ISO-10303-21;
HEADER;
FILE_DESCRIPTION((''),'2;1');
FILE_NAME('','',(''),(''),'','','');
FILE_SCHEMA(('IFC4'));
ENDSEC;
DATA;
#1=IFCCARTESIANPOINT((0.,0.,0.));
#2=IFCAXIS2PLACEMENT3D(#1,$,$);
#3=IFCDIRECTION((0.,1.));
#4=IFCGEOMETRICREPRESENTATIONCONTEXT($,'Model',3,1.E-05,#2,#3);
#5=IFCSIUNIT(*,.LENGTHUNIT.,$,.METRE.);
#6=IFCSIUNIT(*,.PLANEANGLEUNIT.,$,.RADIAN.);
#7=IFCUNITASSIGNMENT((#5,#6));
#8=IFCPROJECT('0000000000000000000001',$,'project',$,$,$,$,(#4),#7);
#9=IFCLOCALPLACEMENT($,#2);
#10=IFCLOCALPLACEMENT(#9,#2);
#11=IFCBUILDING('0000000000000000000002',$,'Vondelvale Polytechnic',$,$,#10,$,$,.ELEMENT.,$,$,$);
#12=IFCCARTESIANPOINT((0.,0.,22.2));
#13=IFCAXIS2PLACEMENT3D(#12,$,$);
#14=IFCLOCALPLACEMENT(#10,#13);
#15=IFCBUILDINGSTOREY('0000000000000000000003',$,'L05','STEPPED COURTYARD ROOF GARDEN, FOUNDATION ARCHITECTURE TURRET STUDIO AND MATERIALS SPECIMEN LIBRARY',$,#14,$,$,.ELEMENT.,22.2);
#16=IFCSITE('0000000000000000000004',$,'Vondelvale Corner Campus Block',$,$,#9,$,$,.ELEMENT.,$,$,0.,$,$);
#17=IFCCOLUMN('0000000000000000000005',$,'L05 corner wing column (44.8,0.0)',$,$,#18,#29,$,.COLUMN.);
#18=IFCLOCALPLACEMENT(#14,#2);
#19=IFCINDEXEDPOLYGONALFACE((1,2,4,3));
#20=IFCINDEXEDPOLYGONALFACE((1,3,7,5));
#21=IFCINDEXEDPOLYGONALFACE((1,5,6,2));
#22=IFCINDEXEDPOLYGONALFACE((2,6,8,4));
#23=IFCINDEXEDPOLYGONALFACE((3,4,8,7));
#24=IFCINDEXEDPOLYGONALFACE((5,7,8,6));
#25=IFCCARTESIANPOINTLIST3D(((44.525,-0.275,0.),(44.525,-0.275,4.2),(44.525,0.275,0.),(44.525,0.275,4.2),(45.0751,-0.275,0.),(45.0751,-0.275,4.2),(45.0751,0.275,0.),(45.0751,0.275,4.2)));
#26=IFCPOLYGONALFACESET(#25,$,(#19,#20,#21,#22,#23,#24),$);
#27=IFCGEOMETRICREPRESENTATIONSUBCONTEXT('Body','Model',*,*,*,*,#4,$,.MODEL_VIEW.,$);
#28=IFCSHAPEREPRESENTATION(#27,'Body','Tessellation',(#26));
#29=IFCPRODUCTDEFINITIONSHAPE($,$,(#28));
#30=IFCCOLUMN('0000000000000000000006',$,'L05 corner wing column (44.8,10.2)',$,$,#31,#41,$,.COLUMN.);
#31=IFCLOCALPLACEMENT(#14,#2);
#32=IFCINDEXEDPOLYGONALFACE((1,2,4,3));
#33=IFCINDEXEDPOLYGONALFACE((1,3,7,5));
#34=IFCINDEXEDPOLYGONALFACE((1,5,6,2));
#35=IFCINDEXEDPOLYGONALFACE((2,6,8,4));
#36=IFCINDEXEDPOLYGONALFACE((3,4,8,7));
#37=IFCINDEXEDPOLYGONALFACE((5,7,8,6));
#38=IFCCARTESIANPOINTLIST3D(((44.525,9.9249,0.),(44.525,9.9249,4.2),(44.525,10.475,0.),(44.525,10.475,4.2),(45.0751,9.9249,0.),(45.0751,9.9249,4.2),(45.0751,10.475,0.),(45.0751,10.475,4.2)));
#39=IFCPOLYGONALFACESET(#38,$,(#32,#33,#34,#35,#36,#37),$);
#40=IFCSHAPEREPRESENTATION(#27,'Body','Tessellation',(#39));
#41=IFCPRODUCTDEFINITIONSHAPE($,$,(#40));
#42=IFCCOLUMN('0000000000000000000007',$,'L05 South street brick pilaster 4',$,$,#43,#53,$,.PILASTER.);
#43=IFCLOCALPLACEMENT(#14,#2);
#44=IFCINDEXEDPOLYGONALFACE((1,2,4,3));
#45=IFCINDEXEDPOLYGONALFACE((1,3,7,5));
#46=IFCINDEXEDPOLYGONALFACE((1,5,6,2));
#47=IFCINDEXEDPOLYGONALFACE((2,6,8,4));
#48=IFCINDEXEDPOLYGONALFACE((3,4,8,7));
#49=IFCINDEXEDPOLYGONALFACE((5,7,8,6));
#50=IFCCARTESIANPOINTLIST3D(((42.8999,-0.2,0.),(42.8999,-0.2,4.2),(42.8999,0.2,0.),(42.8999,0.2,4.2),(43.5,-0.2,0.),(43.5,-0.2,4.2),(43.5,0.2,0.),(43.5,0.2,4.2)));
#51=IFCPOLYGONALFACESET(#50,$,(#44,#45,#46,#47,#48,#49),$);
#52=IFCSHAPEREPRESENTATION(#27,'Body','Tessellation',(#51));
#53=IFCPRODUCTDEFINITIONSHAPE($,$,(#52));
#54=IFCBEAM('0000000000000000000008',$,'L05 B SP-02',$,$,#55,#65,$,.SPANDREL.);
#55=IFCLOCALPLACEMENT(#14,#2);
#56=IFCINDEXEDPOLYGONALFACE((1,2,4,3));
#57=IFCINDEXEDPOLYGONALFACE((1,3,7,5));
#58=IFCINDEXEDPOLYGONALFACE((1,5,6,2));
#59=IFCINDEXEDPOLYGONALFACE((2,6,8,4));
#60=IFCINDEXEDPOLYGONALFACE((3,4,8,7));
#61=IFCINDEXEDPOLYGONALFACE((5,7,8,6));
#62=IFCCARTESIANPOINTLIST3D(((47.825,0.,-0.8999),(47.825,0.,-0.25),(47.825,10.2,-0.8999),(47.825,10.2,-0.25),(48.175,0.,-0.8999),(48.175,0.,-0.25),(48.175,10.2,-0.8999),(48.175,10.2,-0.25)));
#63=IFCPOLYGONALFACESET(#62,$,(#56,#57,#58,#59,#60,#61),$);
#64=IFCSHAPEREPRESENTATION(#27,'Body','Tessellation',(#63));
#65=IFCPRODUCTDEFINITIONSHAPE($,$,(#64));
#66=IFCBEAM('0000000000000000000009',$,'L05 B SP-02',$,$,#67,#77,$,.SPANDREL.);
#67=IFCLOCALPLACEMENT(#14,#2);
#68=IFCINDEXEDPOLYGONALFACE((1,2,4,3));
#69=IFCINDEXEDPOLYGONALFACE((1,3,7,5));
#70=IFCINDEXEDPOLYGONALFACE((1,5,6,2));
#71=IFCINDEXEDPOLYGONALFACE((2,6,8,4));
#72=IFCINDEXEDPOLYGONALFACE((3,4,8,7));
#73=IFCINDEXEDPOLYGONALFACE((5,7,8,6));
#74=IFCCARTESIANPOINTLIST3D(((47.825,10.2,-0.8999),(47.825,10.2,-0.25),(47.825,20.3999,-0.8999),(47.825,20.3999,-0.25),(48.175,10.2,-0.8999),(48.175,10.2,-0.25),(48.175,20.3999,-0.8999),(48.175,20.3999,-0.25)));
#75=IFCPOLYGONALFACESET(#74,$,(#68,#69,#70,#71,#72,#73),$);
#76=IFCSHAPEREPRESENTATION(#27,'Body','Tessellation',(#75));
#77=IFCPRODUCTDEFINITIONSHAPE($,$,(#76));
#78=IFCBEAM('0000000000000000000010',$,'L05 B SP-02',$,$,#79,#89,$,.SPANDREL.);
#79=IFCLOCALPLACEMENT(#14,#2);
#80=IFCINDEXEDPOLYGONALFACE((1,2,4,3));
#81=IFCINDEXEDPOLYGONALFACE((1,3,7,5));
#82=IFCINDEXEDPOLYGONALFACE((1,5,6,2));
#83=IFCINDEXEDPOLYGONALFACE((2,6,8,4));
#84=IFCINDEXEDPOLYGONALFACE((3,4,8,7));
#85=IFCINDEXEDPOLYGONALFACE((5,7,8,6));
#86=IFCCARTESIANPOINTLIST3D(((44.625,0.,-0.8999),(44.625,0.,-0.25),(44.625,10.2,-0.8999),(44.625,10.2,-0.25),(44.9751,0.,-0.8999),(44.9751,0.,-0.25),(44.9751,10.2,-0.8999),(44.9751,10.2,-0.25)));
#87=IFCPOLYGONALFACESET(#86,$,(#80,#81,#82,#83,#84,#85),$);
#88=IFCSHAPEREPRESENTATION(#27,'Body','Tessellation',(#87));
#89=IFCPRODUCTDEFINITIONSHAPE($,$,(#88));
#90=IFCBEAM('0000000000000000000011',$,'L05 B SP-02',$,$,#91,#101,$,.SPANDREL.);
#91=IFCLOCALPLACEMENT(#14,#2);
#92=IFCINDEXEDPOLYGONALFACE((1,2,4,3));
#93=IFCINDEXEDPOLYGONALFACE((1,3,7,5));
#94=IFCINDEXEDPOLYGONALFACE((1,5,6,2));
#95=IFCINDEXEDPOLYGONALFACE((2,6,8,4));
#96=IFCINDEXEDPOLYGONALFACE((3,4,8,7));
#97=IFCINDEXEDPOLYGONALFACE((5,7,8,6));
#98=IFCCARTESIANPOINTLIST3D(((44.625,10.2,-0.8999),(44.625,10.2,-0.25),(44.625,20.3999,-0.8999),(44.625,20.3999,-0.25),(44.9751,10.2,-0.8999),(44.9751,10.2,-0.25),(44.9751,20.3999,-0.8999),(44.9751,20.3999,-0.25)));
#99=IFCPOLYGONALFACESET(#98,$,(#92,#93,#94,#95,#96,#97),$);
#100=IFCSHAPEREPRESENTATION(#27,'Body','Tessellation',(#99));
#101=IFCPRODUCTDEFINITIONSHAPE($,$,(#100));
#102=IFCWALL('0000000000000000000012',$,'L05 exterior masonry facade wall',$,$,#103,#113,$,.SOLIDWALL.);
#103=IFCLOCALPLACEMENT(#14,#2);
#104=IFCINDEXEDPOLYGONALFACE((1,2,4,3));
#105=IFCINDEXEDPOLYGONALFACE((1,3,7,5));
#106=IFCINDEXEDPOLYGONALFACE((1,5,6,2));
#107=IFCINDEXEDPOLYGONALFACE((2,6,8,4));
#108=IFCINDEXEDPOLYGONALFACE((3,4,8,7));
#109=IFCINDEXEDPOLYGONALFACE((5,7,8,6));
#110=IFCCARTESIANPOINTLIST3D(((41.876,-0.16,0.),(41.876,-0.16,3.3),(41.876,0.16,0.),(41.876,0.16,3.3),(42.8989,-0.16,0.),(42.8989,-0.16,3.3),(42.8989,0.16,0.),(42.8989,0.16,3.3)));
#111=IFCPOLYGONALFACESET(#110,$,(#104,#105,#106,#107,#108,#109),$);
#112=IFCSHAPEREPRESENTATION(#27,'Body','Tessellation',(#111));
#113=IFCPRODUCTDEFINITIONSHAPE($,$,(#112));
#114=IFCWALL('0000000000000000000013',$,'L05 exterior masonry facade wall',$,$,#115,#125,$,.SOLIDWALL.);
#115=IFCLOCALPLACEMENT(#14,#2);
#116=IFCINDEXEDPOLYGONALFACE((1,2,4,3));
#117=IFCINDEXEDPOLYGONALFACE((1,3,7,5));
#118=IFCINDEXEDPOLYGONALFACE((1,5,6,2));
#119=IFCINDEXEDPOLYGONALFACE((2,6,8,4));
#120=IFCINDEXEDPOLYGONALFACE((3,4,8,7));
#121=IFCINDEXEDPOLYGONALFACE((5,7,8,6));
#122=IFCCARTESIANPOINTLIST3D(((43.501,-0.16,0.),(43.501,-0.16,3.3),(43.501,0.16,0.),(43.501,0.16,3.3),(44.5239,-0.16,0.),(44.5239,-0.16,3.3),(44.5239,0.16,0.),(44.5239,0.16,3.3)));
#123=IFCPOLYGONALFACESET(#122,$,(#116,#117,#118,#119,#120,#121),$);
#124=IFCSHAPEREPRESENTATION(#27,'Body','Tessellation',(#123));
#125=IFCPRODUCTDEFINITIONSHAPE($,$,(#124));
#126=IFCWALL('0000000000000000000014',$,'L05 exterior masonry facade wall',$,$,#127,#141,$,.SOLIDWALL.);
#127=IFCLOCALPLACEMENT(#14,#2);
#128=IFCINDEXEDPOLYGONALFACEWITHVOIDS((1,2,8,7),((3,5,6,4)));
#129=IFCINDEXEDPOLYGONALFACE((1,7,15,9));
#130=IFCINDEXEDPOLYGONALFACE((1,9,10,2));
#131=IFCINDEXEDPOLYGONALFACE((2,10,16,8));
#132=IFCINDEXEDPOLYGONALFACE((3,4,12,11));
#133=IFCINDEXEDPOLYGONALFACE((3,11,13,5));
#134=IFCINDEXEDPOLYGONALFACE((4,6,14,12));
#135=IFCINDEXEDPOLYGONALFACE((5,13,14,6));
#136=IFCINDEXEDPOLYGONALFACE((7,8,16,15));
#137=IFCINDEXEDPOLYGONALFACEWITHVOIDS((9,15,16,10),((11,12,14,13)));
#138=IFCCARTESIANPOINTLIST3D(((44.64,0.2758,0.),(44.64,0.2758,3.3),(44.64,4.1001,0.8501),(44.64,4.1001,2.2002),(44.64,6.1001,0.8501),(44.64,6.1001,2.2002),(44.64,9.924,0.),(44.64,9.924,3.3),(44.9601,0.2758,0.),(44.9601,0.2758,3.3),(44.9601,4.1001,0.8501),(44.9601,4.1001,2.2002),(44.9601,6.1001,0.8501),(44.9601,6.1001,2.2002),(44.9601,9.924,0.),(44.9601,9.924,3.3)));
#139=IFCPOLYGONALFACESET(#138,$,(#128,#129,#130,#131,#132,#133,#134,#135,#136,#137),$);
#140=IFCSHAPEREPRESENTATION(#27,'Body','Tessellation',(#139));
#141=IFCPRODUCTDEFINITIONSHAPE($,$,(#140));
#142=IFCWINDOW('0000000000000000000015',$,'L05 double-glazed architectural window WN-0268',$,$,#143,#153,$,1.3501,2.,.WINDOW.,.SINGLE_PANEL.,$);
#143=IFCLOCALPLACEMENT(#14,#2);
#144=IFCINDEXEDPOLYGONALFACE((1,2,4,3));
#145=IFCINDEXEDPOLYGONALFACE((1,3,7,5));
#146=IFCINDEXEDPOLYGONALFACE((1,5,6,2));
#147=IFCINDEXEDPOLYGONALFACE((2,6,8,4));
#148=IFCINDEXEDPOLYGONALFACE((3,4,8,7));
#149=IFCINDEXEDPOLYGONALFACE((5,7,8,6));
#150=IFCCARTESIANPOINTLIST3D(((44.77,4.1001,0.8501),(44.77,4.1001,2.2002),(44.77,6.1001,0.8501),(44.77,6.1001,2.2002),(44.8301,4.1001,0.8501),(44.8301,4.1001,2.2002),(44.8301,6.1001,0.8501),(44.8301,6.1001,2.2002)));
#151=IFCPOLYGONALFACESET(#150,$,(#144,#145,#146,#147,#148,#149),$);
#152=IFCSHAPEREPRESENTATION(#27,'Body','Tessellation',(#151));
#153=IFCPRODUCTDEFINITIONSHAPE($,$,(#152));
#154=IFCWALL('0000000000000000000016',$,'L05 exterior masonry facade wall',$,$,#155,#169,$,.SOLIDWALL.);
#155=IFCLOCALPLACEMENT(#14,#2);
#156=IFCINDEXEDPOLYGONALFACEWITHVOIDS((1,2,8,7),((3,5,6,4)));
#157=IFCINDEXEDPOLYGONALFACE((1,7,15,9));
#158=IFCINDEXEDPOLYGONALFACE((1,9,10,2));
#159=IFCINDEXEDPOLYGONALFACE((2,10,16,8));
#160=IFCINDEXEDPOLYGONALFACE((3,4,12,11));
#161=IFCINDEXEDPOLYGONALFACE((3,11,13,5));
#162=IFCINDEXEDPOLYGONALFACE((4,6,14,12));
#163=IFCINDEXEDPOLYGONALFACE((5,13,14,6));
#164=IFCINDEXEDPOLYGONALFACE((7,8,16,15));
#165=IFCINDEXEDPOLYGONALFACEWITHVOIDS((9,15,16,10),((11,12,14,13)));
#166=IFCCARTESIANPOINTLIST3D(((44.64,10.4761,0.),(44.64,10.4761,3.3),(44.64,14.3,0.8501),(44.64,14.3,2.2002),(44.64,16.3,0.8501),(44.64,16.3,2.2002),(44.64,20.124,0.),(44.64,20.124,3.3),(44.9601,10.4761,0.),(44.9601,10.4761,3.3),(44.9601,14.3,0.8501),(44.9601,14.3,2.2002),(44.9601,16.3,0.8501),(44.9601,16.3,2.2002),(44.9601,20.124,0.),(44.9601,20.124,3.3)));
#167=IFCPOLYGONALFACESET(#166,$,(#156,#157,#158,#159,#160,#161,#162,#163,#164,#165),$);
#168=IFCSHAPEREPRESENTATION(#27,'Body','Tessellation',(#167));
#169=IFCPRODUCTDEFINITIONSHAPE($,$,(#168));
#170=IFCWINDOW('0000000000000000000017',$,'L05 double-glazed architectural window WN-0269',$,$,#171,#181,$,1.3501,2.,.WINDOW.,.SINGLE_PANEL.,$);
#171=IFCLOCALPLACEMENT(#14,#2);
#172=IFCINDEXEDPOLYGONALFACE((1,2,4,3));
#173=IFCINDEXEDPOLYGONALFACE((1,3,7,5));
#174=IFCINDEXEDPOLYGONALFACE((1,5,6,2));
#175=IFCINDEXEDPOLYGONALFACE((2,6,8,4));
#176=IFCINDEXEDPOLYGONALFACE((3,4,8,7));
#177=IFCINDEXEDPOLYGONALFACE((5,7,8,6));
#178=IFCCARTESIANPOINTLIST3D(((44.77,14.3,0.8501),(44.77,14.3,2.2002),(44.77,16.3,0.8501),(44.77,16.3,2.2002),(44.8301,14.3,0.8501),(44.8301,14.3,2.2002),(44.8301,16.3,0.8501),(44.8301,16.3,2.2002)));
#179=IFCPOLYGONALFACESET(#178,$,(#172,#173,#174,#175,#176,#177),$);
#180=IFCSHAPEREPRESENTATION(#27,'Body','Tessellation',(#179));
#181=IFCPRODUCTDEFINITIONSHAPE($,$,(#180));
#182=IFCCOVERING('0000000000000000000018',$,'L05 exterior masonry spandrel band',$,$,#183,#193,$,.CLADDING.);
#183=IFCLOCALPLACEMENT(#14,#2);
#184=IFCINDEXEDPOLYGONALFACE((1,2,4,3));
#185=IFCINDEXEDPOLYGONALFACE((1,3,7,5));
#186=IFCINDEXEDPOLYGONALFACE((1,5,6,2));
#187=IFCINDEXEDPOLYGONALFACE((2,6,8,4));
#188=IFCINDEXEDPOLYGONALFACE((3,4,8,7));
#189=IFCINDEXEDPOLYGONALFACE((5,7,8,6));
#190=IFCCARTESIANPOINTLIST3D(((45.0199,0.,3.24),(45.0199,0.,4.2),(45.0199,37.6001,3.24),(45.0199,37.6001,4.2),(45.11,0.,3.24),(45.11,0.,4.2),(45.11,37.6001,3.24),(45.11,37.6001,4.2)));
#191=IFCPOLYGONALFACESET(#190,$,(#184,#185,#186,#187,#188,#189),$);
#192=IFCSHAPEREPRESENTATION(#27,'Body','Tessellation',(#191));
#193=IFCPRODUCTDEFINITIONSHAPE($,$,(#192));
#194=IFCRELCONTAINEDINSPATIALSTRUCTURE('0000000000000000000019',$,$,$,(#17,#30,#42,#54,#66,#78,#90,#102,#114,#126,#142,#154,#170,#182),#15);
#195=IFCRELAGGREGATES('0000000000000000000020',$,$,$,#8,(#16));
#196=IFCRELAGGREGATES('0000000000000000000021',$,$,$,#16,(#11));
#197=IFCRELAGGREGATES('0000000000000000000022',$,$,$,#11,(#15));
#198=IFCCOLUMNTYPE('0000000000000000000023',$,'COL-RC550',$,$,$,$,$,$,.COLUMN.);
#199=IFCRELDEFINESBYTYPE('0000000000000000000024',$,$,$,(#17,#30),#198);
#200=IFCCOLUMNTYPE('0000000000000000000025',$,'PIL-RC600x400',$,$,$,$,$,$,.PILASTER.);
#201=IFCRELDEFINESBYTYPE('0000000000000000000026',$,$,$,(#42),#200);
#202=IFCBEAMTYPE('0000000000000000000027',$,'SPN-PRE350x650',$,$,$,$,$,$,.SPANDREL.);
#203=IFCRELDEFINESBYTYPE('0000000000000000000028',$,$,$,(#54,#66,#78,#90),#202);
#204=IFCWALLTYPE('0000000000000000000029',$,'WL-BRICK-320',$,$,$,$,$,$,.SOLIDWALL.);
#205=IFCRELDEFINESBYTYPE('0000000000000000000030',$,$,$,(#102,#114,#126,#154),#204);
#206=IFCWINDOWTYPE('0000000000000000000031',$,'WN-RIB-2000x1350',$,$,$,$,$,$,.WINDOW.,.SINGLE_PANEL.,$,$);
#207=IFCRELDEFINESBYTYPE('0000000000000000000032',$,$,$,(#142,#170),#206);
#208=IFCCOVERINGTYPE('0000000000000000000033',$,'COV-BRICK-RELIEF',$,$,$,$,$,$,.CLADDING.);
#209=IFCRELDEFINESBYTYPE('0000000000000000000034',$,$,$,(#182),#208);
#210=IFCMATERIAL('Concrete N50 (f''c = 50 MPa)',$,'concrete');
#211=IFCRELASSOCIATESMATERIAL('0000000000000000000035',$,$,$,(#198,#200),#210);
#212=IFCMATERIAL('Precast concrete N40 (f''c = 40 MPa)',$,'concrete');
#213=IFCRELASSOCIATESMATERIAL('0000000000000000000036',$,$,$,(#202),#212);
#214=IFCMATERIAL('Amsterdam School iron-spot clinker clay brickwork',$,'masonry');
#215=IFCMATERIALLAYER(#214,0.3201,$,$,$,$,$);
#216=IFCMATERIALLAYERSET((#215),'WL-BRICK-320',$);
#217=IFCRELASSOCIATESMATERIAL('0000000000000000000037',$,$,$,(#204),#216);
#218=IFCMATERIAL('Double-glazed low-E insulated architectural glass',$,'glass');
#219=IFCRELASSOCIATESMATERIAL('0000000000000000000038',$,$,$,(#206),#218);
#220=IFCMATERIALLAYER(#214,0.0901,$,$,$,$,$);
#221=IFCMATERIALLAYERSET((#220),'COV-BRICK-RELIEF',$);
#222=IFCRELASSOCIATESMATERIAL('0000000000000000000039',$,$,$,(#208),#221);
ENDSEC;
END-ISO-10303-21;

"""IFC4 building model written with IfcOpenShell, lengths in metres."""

from ifc_helpers import new_model, si_unit, direction, frame, frame_2d, origin, origin_2d, place, context, subcontext, project, spatial, rectangle, extrude, material, layer, layer_set, material_profile, profile_set, type_object, element, fill, save


model = new_model("IFC4")

# Units and contexts
model_context = context("Model", 3, precision=1e-05, world=origin(), true_north=direction((0.0, 1.0)))
body_context = subcontext(model_context, "Body", "Model", "MODEL_VIEW")
ifc_project = project(units=[si_unit("LENGTHUNIT", "METRE"), si_unit("PLANEANGLEUNIT", "RADIAN")], contexts=[model_context])

# Site, building, storey
site_placement = place(None, origin())
site = spatial("IfcSite", under=ifc_project, at=site_placement, Name="Vondelvale Corner Campus Block", CompositionType="ELEMENT", RefElevation=0.0)
building_placement = place(site_placement, origin())
building = spatial("IfcBuilding", under=site, at=building_placement, Name="Vondelvale Polytechnic", CompositionType="ELEMENT")
storey_placement = place(building_placement, frame((0.0, 0.0, 22.2)))
storey = spatial("IfcBuildingStorey", under=building, at=storey_placement, Name="L05", Description="STEPPED COURTYARD ROOF GARDEN, FOUNDATION ARCHITECTURE TURRET STUDIO AND MATERIALS SPECIMEN LIBRARY", CompositionType="ELEMENT", Elevation=22.2)

# Columns
ifc_material_1 = material(Name="Concrete N50 (f'c = 50 MPa)", Category="concrete")
ifc_material_profile_1 = material_profile(ifc_material_1, rectangle(XDim=0.55, YDim=0.55, at=origin_2d()), Name="RC-COL-550x550")
ifc_profile_set_1 = profile_set([ifc_material_profile_1], Name="Concrete N50 (f'c = 50 MPa)")
column_type_1 = type_object("IfcColumnType", Name="COL-RC550", PredefinedType="COLUMN", material=ifc_profile_set_1)
for number, where, z_axis, x_axis, name in (
    (1, (44.8, 0.0, 0.0), (0.0, 0.0, 1.0), (1.0, 0.0, 0.0), "L05 corner wing column (44.8,0.0)"),
    (2, (44.8, 10.2, 0.0), (0.0, 0.0, 1.0), (1.0, 0.0, 0.0), "L05 corner wing column (44.8,10.2)"),
):
    element("IfcColumn", number, at=place(storey_placement, frame(where, z_axis=z_axis, x_axis=x_axis)), inside=storey, type_object=column_type_1, Name=name, PredefinedType="COLUMN", context=body_context, shape_type="SweptSolid", body=[
        extrude(rectangle(XDim=0.55, YDim=0.55, at=origin_2d()), origin(), (0.0, 0.0, 1.0), 4.2),
    ])
ifc_material_profile_2 = material_profile(ifc_material_1, rectangle(XDim=0.3999, YDim=0.6001, at=origin_2d()), Name="RC-PIL-600x400")
ifc_profile_set_2 = profile_set([ifc_material_profile_2], Name="Concrete N50 (f'c = 50 MPa)")
column_type_2 = type_object("IfcColumnType", Name="PIL-RC600x400", PredefinedType="PILASTER", material=ifc_profile_set_2)
column_placement = place(storey_placement, frame((43.2, 0.0, 0.0), z_axis=(0.0, 0.0, 1.0), x_axis=(0.0, 1.0, 0.0)))
element("IfcColumn", 3, at=column_placement, inside=storey, type_object=column_type_2, Name="L05 South street brick pilaster 4", PredefinedType="PILASTER", context=body_context, shape_type="SweptSolid", body=[
    extrude(rectangle(XDim=0.3999, YDim=0.6001, at=origin_2d()), origin(), (0.0, 0.0, 1.0), 4.2),
])

# Beams
ifc_material_2 = material(Name="Precast concrete N40 (f'c = 40 MPa)", Category="concrete")
ifc_material_profile_3 = material_profile(ifc_material_2, rectangle(XDim=0.3501, YDim=0.6499, at=origin_2d()), Name="RC-SPN-350x650")
ifc_profile_set_3 = profile_set([ifc_material_profile_3], Name="Precast concrete N40 (f'c = 40 MPa)")
beam_type = type_object("IfcBeamType", Name="SPN-PRE350x650", PredefinedType="SPANDREL", material=ifc_profile_set_3)
for number, where, z_axis, x_axis, name in (
    (4, (48.0, 0.0, -0.575), (0.0, 1.0, 0.0), (-1.0, 0.0, 0.0), "L05 B SP-02"),
    (5, (48.0, 10.2, -0.575), (0.0, 1.0, 0.0), (-1.0, 0.0, 0.0), "L05 B SP-02"),
    (6, (44.8, 0.0, -0.575), (0.0, 1.0, 0.0), (-1.0, 0.0, 0.0), "L05 B SP-02"),
    (7, (44.8, 10.2, -0.575), (0.0, 1.0, 0.0), (-1.0, 0.0, 0.0), "L05 B SP-02"),
):
    element("IfcBeam", number, at=place(storey_placement, frame(where, z_axis=z_axis, x_axis=x_axis)), inside=storey, type_object=beam_type, Name=name, PredefinedType="SPANDREL", context=body_context, shape_type="SweptSolid", body=[
        extrude(rectangle(XDim=0.3501, YDim=0.6499, at=origin_2d()), origin(), (0.0, 0.0, 1.0), 10.2),
    ])

# Walls
ifc_material_3 = material(Name="Amsterdam School iron-spot clinker clay brickwork", Category="masonry")
ifc_layer_1 = layer(ifc_material_3, 0.3201)
ifc_layer_set_1 = layer_set([ifc_layer_1], Name="WL-BRICK-320")
wall_type = type_object("IfcWallType", Name="WL-BRICK-320", PredefinedType="SOLIDWALL", material=ifc_layer_set_1)
for number, where, z_axis, x_axis, name in (
    (8, (42.8989, 0.0, 0.0), (0.0, 0.0, 1.0), (-1.0, 0.0, 0.0), "L05 exterior masonry facade wall"),
    (9, (44.5239, 0.0, 0.0), (0.0, 0.0, 1.0), (-1.0, 0.0, 0.0), "L05 exterior masonry facade wall"),
):
    element("IfcWall", number, at=place(storey_placement, frame(where, z_axis=z_axis, x_axis=x_axis)), inside=storey, type_object=wall_type, Name=name, PredefinedType="SOLIDWALL", context=body_context, shape_type="SweptSolid", body=[
        extrude(rectangle(XDim=1.0229, YDim=0.3201, at=frame_2d((0.5115, 0.0))), origin(), (0.0, 0.0, 1.0), 3.3),
    ])

# Walls, openings, windows
wall_1_placement = place(storey_placement, frame((44.8, 9.9241, 0.0), z_axis=(0.0, 0.0, 1.0), x_axis=(0.0, -1.0, 0.0)))
wall_1 = element("IfcWall", 10, at=wall_1_placement, inside=storey, type_object=wall_type, Name="L05 exterior masonry facade wall", PredefinedType="SOLIDWALL", context=body_context, shape_type="SweptSolid", body=[
    extrude(rectangle(XDim=9.6482, YDim=0.3201, at=frame_2d((4.8242, 0.0))), origin(), (0.0, 0.0, 1.0), 3.3),
])
opening_1_placement = place(wall_1_placement, frame((3.824, 0.0, 0.8501)))
opening_1 = element("IfcOpeningElement", 11, at=opening_1_placement, cuts=wall_1, PredefinedType="OPENING", context=body_context, shape_type="SweptSolid", body=[
    extrude(rectangle(XDim=2.0, YDim=1.3501, at=frame_2d((1.0, 0.675))), frame((0.0, 0.1699, 0.0), z_axis=(0.0, -1.0, 0.0), x_axis=(1.0, 0.0, 0.0)), (0.0, 0.0, 1.0), 0.3401),
])
ifc_material_4 = material(Name="Double-glazed low-E insulated architectural glass", Category="glass")
window_type = type_object("IfcWindowType", Name="WN-RIB-2000x1350", PartitioningType="SINGLE_PANEL", PredefinedType="WINDOW", material=ifc_material_4)
window_1_placement = place(opening_1_placement, origin())
window_1 = element("IfcWindow", 12, at=window_1_placement, inside=storey, type_object=window_type, Name="L05 double-glazed architectural window WN-0268", OverallHeight=1.3501, OverallWidth=2.0, PartitioningType="SINGLE_PANEL", PredefinedType="WINDOW", context=body_context, shape_type="SweptSolid", body=[
    extrude(rectangle(XDim=2.0, YDim=1.3501, at=frame_2d((1.0, 0.675))), frame((0.0, 0.03, 0.0), z_axis=(0.0, -1.0, 0.0), x_axis=(1.0, 0.0, 0.0)), (0.0, 0.0, 1.0), 0.0601),
])
fill(opening_1, window_1)
wall_2_placement = place(storey_placement, frame((44.8, 20.124, 0.0), z_axis=(0.0, 0.0, 1.0), x_axis=(0.0, -1.0, 0.0)))
wall_2 = element("IfcWall", 13, at=wall_2_placement, inside=storey, type_object=wall_type, Name="L05 exterior masonry facade wall", PredefinedType="SOLIDWALL", context=body_context, shape_type="SweptSolid", body=[
    extrude(rectangle(XDim=9.6479, YDim=0.3201, at=frame_2d((4.824, 0.0))), origin(), (0.0, 0.0, 1.0), 3.3),
])
opening_2_placement = place(wall_2_placement, frame((3.824, 0.0, 0.8501)))
opening_2 = element("IfcOpeningElement", 14, at=opening_2_placement, cuts=wall_2, PredefinedType="OPENING", context=body_context, shape_type="SweptSolid", body=[
    extrude(rectangle(XDim=2.0, YDim=1.3501, at=frame_2d((1.0, 0.675))), frame((0.0, 0.1699, 0.0), z_axis=(0.0, -1.0, 0.0), x_axis=(1.0, 0.0, 0.0)), (0.0, 0.0, 1.0), 0.3401),
])
window_2_placement = place(opening_2_placement, origin())
window_2 = element("IfcWindow", 15, at=window_2_placement, inside=storey, type_object=window_type, Name="L05 double-glazed architectural window WN-0269", OverallHeight=1.3501, OverallWidth=2.0, PartitioningType="SINGLE_PANEL", PredefinedType="WINDOW", context=body_context, shape_type="SweptSolid", body=[
    extrude(rectangle(XDim=2.0, YDim=1.3501, at=frame_2d((1.0, 0.675))), frame((0.0, 0.03, 0.0), z_axis=(0.0, -1.0, 0.0), x_axis=(1.0, 0.0, 0.0)), (0.0, 0.0, 1.0), 0.0601),
])
fill(opening_2, window_2)

# Covering
ifc_layer_2 = layer(ifc_material_3, 0.0901)
ifc_layer_set_2 = layer_set([ifc_layer_2], Name="COV-BRICK-RELIEF")
covering_type = type_object("IfcCoveringType", Name="COV-BRICK-RELIEF", PredefinedType="CLADDING", material=ifc_layer_set_2)
covering_1_placement = place(storey_placement, frame((45.0649, 18.8, 3.24), z_axis=(0.0, 0.0, 1.0), x_axis=(0.0, 1.0, 0.0)))
element("IfcCovering", 16, at=covering_1_placement, inside=storey, type_object=covering_type, Name="L05 exterior masonry spandrel band", PredefinedType="CLADDING", context=body_context, shape_type="SweptSolid", body=[
    extrude(rectangle(XDim=37.6001, YDim=0.0901, at=origin_2d()), origin(), (0.0, 0.0, 1.0), 0.96),
])

save(model, "model.ifc")
